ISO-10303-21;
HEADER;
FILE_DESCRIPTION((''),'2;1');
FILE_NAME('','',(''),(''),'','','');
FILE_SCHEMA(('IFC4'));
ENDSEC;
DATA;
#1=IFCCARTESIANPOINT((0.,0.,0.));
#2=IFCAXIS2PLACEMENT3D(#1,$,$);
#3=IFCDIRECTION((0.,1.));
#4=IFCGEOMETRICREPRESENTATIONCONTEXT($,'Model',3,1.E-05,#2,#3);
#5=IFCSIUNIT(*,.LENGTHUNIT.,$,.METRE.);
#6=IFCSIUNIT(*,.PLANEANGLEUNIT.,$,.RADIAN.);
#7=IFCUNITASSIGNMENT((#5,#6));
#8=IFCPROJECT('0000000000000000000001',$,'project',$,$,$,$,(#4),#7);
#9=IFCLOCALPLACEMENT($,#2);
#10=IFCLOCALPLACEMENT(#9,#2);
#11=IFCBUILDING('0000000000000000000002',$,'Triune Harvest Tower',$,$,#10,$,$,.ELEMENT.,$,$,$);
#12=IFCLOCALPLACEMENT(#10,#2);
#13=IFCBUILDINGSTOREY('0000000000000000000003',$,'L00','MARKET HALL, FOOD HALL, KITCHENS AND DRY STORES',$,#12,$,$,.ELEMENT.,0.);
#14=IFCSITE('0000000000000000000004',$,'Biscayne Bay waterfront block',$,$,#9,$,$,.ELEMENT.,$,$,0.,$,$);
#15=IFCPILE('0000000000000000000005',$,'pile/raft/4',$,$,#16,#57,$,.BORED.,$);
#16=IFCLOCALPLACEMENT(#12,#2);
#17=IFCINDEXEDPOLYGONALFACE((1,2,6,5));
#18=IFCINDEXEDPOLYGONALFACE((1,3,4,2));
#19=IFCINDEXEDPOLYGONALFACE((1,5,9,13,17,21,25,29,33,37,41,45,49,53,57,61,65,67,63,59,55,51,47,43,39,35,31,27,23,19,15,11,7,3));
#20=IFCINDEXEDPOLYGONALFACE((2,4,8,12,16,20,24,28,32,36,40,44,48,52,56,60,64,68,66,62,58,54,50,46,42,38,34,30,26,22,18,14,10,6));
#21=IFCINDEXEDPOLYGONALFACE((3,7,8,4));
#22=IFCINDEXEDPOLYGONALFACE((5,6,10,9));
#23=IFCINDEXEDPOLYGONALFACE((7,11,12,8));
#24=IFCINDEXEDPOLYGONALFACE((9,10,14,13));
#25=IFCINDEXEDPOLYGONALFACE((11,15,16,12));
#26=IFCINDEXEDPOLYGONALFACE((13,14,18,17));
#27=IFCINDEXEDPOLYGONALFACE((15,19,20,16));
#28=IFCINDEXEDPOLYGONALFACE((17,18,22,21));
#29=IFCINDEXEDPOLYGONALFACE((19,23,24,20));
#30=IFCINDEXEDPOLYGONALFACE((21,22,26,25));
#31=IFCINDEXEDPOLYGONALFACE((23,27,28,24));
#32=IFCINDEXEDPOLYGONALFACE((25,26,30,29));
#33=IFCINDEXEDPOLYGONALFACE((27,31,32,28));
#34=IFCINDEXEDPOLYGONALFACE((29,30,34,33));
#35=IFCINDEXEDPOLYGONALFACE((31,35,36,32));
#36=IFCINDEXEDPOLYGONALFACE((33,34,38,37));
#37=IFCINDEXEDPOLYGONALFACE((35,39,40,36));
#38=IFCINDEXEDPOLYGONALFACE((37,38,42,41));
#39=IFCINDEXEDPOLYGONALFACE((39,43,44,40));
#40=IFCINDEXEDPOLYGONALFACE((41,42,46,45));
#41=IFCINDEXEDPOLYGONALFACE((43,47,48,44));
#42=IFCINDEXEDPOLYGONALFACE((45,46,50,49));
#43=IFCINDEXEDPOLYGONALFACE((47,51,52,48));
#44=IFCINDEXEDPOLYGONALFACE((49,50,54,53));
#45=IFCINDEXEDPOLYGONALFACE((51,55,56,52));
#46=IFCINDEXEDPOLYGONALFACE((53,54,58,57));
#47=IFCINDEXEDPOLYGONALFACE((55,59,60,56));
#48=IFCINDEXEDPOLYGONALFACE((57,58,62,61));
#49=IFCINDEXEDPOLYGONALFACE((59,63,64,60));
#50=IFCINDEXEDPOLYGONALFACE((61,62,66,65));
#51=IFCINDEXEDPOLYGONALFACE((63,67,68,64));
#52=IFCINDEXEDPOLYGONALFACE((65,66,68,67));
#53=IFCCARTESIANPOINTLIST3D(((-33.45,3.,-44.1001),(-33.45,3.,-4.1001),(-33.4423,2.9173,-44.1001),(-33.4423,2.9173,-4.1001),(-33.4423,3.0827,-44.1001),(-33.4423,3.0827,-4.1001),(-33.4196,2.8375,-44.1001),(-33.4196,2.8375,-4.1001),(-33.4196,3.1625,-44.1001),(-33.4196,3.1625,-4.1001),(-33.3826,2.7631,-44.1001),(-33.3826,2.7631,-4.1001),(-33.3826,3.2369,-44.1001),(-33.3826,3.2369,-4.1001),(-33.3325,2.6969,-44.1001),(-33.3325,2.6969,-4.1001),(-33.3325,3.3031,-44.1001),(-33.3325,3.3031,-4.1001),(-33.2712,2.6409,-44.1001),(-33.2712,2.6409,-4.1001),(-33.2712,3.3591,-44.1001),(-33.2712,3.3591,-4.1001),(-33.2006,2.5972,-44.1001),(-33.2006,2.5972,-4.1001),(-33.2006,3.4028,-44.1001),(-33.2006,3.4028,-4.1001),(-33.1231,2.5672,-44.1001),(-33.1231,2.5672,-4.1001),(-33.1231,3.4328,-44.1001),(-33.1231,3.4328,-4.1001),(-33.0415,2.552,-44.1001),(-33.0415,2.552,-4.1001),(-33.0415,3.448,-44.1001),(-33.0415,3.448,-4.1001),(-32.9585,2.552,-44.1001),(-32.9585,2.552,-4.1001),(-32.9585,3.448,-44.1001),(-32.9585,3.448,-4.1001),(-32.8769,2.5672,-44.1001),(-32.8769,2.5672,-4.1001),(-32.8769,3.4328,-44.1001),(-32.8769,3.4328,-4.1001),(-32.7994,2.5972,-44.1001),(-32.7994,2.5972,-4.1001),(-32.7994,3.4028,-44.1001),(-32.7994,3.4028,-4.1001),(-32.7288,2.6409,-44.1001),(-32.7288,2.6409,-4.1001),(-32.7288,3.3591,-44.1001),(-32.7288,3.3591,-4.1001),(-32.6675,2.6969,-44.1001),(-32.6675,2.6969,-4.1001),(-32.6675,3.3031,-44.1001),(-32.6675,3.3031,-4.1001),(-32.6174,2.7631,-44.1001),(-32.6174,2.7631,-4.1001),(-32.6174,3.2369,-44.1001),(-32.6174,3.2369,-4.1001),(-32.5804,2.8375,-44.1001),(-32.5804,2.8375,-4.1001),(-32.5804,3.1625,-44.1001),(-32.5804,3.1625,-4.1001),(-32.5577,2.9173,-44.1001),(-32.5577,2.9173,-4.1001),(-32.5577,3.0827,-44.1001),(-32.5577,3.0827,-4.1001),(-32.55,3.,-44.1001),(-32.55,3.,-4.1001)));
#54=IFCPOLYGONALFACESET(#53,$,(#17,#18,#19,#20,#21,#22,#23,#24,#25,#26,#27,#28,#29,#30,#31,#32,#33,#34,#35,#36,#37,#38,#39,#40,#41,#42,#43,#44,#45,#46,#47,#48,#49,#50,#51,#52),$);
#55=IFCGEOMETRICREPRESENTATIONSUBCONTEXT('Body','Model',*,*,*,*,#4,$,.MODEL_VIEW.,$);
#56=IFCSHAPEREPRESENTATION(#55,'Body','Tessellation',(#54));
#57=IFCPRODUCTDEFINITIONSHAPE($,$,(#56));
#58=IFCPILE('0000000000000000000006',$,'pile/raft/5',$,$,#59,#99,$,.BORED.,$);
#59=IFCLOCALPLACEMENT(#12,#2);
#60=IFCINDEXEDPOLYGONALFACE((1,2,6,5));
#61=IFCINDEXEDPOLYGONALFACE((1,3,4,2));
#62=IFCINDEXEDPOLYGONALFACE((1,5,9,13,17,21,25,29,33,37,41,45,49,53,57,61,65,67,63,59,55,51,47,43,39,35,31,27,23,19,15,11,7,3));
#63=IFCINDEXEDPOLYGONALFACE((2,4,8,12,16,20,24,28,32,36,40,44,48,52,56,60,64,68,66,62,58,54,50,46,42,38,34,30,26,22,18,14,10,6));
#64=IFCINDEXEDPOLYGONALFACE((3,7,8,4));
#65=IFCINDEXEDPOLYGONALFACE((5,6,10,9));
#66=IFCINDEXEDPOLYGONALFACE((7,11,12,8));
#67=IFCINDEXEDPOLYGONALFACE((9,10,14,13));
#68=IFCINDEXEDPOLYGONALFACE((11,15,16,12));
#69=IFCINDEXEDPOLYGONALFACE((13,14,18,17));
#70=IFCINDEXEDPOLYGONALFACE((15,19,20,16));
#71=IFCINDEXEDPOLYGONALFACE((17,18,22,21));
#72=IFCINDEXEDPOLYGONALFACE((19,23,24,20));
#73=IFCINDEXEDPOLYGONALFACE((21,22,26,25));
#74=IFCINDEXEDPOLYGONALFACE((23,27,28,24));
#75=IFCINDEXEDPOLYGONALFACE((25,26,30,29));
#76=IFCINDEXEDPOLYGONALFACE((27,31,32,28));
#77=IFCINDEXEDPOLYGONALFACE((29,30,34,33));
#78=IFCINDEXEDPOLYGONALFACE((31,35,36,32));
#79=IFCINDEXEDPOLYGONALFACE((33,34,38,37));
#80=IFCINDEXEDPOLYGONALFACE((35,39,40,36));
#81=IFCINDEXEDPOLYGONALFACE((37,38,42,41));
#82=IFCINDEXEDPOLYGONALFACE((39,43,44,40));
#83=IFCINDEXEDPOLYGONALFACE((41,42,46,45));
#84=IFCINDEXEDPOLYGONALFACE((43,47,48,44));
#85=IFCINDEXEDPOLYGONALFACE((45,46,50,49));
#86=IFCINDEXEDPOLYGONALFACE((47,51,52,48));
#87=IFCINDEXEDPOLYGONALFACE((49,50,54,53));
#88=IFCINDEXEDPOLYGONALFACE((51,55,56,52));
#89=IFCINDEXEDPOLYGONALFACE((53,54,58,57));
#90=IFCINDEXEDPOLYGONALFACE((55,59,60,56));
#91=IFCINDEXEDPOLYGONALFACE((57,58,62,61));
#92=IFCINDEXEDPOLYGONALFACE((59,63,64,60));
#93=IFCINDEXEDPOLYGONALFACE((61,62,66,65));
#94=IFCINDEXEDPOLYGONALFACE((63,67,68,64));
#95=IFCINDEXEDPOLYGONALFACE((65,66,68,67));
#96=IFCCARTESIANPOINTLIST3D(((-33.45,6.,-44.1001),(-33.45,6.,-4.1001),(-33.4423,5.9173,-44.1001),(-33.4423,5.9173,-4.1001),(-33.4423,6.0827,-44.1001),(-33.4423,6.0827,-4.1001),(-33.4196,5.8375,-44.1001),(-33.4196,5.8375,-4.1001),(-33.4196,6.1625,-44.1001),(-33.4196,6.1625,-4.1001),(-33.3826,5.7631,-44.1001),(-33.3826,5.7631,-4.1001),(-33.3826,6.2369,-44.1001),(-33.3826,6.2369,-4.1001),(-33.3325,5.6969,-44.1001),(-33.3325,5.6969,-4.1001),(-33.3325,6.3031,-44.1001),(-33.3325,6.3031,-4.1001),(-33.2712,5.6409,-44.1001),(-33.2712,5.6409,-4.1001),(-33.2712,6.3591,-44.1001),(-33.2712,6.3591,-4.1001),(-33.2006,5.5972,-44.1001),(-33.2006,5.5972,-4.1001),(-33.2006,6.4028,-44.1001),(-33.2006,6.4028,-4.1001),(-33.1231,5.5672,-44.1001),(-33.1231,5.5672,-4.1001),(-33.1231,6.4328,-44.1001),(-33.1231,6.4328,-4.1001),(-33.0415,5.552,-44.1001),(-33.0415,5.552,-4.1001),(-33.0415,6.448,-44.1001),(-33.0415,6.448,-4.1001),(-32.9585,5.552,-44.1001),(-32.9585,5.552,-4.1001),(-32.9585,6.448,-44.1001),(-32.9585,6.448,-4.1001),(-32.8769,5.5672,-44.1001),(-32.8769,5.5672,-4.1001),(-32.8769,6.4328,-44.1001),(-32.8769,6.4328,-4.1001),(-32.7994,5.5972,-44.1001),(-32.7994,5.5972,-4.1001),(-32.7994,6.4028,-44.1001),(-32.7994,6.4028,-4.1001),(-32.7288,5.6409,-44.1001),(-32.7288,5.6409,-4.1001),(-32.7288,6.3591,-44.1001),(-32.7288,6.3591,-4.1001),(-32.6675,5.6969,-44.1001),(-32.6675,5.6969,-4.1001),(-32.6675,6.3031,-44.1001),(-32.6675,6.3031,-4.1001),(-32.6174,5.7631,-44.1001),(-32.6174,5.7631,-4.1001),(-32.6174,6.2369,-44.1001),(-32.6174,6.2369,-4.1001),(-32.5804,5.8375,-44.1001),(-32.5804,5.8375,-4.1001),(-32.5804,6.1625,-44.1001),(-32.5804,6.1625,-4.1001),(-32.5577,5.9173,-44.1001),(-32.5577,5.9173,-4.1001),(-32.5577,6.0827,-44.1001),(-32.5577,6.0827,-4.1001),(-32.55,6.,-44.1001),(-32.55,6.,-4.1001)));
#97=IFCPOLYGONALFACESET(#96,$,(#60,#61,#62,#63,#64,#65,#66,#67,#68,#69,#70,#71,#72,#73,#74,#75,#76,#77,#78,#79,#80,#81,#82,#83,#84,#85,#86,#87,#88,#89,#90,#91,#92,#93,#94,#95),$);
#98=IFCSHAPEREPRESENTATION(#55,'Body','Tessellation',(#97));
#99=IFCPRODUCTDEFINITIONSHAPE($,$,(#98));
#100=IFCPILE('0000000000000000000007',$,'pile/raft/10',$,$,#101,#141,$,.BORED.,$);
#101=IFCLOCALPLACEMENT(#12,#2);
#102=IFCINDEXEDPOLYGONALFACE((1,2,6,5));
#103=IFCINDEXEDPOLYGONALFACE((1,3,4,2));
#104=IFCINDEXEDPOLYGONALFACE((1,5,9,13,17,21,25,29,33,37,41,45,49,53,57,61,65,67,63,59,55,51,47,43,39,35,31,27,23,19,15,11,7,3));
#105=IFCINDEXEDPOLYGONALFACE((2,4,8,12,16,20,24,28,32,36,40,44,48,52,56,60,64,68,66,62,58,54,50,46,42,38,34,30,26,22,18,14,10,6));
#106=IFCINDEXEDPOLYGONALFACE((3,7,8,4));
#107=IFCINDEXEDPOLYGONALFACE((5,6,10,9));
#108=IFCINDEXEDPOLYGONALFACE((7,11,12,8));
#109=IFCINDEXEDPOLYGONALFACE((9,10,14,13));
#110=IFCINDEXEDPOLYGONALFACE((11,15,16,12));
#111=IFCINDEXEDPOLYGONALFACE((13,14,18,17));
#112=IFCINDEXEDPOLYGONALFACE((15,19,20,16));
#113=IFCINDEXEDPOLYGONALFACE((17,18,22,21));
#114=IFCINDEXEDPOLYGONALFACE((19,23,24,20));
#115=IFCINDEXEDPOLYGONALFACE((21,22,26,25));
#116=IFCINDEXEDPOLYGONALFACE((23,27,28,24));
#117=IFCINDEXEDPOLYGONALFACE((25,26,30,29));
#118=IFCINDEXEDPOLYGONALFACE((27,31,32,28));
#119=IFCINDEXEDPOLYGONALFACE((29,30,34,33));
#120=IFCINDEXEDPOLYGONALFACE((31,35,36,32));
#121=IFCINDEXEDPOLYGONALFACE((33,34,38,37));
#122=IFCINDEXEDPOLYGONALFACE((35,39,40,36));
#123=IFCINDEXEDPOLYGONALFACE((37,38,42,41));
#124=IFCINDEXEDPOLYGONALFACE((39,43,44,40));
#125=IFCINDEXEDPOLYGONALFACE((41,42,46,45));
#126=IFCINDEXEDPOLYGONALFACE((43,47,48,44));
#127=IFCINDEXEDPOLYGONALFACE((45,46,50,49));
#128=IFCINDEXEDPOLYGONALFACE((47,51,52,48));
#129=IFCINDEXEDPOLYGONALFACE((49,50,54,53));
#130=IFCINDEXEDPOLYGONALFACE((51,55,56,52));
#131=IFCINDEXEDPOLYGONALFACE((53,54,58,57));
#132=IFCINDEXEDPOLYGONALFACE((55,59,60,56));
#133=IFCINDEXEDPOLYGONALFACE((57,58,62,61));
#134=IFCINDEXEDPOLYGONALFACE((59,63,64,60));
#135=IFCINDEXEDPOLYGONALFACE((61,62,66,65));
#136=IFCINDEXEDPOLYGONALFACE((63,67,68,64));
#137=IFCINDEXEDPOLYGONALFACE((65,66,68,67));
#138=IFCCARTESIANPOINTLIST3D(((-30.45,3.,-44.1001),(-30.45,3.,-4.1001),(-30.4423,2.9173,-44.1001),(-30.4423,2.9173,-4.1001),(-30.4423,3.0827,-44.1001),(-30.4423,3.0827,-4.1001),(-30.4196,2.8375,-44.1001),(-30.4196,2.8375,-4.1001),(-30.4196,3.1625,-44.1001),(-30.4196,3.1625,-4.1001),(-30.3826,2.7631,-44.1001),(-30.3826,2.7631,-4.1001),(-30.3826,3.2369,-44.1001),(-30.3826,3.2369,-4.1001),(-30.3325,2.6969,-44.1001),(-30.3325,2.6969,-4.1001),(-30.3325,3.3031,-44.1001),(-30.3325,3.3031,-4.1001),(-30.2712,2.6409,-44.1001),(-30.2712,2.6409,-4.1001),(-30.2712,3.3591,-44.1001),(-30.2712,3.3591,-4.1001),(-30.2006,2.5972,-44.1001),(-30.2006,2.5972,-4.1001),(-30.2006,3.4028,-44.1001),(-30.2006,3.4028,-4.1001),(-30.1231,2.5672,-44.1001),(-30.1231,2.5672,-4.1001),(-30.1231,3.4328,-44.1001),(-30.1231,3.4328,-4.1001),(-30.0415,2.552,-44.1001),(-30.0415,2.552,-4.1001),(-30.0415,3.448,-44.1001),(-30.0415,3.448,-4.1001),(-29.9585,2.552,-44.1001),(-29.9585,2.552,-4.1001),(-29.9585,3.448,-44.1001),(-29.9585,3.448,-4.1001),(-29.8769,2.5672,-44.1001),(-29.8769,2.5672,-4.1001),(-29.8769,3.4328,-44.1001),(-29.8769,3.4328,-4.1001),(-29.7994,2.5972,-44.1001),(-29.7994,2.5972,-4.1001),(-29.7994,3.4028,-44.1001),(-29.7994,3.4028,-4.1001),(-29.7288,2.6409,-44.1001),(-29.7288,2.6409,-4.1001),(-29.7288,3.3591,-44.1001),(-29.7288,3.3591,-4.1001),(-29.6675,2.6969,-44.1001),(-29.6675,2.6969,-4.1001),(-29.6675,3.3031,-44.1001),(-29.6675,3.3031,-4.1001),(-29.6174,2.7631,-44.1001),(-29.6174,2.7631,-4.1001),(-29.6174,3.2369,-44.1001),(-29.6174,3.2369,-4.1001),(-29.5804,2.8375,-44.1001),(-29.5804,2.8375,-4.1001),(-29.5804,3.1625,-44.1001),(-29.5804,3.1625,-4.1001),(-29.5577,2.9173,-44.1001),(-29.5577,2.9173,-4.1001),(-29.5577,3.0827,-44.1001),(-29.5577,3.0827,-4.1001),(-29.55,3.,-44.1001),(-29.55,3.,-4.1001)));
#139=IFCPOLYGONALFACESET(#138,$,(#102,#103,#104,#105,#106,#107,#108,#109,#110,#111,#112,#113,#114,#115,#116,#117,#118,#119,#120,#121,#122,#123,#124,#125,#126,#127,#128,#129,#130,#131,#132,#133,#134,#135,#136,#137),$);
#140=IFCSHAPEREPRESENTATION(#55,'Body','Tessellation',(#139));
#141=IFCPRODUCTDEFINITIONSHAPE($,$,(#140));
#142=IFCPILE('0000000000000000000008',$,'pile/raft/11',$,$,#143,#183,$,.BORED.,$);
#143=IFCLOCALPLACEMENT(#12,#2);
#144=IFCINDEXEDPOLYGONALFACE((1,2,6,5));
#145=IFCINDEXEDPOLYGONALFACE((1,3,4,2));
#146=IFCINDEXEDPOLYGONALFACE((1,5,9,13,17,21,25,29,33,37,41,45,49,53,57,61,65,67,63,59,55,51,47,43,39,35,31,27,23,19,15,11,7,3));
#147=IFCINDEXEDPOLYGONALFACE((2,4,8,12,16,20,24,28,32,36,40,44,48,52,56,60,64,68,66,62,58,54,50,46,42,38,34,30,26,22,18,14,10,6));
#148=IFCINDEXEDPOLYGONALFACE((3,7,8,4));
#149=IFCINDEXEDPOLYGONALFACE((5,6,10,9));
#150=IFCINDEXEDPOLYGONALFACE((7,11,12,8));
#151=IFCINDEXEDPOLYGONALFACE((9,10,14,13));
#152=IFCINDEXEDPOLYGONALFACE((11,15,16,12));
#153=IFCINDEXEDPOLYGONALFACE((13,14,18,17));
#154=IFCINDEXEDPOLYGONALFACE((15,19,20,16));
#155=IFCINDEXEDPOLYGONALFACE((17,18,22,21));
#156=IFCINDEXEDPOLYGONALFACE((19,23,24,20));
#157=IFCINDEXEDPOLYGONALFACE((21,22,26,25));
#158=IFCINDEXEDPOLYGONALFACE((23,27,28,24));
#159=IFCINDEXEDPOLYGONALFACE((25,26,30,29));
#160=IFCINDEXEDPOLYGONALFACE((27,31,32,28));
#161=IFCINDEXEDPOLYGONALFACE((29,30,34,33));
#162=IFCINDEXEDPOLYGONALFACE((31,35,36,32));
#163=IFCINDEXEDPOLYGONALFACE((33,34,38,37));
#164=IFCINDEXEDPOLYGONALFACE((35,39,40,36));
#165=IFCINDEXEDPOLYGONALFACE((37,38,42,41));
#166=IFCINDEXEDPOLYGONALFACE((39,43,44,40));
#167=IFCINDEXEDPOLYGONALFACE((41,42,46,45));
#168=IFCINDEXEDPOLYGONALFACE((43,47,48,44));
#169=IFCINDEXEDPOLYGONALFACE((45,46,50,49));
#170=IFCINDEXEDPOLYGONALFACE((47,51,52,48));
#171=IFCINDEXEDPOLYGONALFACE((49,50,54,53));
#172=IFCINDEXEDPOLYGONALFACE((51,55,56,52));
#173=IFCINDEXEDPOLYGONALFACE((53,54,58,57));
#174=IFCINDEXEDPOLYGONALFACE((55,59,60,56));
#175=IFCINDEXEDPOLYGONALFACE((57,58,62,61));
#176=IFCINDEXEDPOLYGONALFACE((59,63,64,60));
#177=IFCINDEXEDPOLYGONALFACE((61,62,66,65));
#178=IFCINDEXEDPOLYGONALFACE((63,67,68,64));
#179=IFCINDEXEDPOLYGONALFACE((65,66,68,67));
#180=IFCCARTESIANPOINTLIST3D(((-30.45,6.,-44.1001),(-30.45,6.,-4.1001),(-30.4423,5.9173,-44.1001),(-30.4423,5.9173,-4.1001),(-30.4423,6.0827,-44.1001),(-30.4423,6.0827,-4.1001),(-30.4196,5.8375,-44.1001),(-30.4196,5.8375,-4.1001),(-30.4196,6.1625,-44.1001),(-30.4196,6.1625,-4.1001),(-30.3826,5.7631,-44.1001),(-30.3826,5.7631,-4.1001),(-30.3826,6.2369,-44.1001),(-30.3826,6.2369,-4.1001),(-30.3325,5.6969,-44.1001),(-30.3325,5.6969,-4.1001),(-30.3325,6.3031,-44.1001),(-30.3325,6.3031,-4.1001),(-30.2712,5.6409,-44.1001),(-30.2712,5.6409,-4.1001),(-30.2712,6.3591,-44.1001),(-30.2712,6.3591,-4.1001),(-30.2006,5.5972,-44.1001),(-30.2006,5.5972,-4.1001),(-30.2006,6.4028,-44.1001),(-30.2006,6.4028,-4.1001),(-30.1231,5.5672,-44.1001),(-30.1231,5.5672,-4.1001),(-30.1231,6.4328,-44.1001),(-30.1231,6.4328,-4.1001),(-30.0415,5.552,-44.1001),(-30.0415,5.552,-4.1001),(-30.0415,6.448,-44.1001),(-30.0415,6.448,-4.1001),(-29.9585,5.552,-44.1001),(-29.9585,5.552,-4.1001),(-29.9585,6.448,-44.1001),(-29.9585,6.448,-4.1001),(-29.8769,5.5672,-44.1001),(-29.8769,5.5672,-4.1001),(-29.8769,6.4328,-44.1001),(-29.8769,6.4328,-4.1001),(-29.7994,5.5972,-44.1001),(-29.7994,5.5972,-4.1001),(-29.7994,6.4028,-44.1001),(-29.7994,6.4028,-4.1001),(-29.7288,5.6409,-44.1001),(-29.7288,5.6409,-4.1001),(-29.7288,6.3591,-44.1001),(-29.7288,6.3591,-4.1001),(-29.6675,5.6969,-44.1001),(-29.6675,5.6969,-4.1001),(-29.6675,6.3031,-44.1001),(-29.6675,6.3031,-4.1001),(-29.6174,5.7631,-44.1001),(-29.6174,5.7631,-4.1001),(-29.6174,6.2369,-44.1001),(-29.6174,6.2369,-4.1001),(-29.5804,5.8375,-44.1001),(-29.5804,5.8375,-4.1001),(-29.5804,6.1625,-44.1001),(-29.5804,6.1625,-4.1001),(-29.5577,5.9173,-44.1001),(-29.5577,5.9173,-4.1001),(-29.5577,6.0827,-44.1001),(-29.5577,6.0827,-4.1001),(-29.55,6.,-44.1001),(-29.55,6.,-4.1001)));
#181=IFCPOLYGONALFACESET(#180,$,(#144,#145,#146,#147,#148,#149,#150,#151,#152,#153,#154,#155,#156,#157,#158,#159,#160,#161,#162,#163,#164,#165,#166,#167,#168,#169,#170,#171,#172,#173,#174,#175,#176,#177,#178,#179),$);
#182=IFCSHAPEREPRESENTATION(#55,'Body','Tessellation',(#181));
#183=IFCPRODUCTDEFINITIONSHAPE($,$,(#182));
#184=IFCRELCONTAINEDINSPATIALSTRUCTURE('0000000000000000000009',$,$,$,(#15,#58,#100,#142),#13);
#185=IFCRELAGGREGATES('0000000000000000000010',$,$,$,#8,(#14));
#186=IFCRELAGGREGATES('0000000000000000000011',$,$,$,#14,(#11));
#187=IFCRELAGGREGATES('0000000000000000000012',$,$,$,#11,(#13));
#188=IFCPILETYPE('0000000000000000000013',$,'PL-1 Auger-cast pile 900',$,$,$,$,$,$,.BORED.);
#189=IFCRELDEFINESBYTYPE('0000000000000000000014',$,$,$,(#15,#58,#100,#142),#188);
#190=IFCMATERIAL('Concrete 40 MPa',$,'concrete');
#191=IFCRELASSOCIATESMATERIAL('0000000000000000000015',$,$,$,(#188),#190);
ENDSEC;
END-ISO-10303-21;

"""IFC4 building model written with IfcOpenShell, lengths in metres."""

from ifc_helpers import new_model, si_unit, direction, frame, origin, origin_2d, place, context, subcontext, project, spatial, circle, extrude, source, transform, mapped, material, material_profile, profile_set, type_object, element, save


model = new_model("IFC4")

# Units and contexts
model_context = context("Model", 3, precision=1e-05, world=origin(), true_north=direction((0.0, 1.0)))
body_context = subcontext(model_context, "Body", "Model", "MODEL_VIEW")
ifc_project = project(units=[si_unit("LENGTHUNIT", "METRE"), si_unit("PLANEANGLEUNIT", "RADIAN")], contexts=[model_context])

# Site, building, storey
site_placement = place(None, origin())
site = spatial("IfcSite", under=ifc_project, at=site_placement, Name="Biscayne Bay waterfront block", CompositionType="ELEMENT", RefElevation=0.0)
building_placement = place(site_placement, origin())
building = spatial("IfcBuilding", under=site, at=building_placement, Name="Triune Harvest Tower", CompositionType="ELEMENT")
storey_placement = place(building_placement, origin())
storey = spatial("IfcBuildingStorey", under=building, at=storey_placement, Name="L00", Description="MARKET HALL, FOOD HALL, KITCHENS AND DRY STORES", CompositionType="ELEMENT", Elevation=0.0)

# Piles
ifc_material_1 = material(Name="Concrete 40 MPa", Category="concrete")
ifc_material_profile_1 = material_profile(ifc_material_1, circle(Radius=0.45, at=origin_2d()), Name="Bored 900")
ifc_profile_set_1 = profile_set([ifc_material_profile_1], Name="Concrete 40 MPa")
pile_type = type_object("IfcPileType", Name="PL-1 Auger-cast pile 900", PredefinedType="BORED", material=ifc_profile_set_1)
shared_shape_1 = source(origin(), body_context, "Body", "SweptSolid", [
    extrude(circle(Radius=0.45, at=origin_2d()), origin(), (0.0, 0.0, 1.0), 40.0),
])
for number, where, z_axis, x_axis, name in (
    (1, (-33.0, 3.0, -4.1001), (0.0, 0.0, -1.0), (1.0, 0.0, 0.0), "pile/raft/4"),
    (2, (-33.0, 6.0, -4.1001), (0.0, 0.0, -1.0), (1.0, 0.0, 0.0), "pile/raft/5"),
    (3, (-30.0, 3.0, -4.1001), (0.0, 0.0, -1.0), (1.0, 0.0, 0.0), "pile/raft/10"),
    (4, (-30.0, 6.0, -4.1001), (0.0, 0.0, -1.0), (1.0, 0.0, 0.0), "pile/raft/11"),
):
    element("IfcPile", number, at=place(storey_placement, frame(where, z_axis=z_axis, x_axis=x_axis)), inside=storey, type_object=pile_type, Name=name, PredefinedType="BORED", context=body_context, shape_type="MappedRepresentation", body=[
        mapped(shared_shape_1, transform((0.0, 0.0, 0.0), scale=1.0)),
    ])

save(model, "model.ifc")
